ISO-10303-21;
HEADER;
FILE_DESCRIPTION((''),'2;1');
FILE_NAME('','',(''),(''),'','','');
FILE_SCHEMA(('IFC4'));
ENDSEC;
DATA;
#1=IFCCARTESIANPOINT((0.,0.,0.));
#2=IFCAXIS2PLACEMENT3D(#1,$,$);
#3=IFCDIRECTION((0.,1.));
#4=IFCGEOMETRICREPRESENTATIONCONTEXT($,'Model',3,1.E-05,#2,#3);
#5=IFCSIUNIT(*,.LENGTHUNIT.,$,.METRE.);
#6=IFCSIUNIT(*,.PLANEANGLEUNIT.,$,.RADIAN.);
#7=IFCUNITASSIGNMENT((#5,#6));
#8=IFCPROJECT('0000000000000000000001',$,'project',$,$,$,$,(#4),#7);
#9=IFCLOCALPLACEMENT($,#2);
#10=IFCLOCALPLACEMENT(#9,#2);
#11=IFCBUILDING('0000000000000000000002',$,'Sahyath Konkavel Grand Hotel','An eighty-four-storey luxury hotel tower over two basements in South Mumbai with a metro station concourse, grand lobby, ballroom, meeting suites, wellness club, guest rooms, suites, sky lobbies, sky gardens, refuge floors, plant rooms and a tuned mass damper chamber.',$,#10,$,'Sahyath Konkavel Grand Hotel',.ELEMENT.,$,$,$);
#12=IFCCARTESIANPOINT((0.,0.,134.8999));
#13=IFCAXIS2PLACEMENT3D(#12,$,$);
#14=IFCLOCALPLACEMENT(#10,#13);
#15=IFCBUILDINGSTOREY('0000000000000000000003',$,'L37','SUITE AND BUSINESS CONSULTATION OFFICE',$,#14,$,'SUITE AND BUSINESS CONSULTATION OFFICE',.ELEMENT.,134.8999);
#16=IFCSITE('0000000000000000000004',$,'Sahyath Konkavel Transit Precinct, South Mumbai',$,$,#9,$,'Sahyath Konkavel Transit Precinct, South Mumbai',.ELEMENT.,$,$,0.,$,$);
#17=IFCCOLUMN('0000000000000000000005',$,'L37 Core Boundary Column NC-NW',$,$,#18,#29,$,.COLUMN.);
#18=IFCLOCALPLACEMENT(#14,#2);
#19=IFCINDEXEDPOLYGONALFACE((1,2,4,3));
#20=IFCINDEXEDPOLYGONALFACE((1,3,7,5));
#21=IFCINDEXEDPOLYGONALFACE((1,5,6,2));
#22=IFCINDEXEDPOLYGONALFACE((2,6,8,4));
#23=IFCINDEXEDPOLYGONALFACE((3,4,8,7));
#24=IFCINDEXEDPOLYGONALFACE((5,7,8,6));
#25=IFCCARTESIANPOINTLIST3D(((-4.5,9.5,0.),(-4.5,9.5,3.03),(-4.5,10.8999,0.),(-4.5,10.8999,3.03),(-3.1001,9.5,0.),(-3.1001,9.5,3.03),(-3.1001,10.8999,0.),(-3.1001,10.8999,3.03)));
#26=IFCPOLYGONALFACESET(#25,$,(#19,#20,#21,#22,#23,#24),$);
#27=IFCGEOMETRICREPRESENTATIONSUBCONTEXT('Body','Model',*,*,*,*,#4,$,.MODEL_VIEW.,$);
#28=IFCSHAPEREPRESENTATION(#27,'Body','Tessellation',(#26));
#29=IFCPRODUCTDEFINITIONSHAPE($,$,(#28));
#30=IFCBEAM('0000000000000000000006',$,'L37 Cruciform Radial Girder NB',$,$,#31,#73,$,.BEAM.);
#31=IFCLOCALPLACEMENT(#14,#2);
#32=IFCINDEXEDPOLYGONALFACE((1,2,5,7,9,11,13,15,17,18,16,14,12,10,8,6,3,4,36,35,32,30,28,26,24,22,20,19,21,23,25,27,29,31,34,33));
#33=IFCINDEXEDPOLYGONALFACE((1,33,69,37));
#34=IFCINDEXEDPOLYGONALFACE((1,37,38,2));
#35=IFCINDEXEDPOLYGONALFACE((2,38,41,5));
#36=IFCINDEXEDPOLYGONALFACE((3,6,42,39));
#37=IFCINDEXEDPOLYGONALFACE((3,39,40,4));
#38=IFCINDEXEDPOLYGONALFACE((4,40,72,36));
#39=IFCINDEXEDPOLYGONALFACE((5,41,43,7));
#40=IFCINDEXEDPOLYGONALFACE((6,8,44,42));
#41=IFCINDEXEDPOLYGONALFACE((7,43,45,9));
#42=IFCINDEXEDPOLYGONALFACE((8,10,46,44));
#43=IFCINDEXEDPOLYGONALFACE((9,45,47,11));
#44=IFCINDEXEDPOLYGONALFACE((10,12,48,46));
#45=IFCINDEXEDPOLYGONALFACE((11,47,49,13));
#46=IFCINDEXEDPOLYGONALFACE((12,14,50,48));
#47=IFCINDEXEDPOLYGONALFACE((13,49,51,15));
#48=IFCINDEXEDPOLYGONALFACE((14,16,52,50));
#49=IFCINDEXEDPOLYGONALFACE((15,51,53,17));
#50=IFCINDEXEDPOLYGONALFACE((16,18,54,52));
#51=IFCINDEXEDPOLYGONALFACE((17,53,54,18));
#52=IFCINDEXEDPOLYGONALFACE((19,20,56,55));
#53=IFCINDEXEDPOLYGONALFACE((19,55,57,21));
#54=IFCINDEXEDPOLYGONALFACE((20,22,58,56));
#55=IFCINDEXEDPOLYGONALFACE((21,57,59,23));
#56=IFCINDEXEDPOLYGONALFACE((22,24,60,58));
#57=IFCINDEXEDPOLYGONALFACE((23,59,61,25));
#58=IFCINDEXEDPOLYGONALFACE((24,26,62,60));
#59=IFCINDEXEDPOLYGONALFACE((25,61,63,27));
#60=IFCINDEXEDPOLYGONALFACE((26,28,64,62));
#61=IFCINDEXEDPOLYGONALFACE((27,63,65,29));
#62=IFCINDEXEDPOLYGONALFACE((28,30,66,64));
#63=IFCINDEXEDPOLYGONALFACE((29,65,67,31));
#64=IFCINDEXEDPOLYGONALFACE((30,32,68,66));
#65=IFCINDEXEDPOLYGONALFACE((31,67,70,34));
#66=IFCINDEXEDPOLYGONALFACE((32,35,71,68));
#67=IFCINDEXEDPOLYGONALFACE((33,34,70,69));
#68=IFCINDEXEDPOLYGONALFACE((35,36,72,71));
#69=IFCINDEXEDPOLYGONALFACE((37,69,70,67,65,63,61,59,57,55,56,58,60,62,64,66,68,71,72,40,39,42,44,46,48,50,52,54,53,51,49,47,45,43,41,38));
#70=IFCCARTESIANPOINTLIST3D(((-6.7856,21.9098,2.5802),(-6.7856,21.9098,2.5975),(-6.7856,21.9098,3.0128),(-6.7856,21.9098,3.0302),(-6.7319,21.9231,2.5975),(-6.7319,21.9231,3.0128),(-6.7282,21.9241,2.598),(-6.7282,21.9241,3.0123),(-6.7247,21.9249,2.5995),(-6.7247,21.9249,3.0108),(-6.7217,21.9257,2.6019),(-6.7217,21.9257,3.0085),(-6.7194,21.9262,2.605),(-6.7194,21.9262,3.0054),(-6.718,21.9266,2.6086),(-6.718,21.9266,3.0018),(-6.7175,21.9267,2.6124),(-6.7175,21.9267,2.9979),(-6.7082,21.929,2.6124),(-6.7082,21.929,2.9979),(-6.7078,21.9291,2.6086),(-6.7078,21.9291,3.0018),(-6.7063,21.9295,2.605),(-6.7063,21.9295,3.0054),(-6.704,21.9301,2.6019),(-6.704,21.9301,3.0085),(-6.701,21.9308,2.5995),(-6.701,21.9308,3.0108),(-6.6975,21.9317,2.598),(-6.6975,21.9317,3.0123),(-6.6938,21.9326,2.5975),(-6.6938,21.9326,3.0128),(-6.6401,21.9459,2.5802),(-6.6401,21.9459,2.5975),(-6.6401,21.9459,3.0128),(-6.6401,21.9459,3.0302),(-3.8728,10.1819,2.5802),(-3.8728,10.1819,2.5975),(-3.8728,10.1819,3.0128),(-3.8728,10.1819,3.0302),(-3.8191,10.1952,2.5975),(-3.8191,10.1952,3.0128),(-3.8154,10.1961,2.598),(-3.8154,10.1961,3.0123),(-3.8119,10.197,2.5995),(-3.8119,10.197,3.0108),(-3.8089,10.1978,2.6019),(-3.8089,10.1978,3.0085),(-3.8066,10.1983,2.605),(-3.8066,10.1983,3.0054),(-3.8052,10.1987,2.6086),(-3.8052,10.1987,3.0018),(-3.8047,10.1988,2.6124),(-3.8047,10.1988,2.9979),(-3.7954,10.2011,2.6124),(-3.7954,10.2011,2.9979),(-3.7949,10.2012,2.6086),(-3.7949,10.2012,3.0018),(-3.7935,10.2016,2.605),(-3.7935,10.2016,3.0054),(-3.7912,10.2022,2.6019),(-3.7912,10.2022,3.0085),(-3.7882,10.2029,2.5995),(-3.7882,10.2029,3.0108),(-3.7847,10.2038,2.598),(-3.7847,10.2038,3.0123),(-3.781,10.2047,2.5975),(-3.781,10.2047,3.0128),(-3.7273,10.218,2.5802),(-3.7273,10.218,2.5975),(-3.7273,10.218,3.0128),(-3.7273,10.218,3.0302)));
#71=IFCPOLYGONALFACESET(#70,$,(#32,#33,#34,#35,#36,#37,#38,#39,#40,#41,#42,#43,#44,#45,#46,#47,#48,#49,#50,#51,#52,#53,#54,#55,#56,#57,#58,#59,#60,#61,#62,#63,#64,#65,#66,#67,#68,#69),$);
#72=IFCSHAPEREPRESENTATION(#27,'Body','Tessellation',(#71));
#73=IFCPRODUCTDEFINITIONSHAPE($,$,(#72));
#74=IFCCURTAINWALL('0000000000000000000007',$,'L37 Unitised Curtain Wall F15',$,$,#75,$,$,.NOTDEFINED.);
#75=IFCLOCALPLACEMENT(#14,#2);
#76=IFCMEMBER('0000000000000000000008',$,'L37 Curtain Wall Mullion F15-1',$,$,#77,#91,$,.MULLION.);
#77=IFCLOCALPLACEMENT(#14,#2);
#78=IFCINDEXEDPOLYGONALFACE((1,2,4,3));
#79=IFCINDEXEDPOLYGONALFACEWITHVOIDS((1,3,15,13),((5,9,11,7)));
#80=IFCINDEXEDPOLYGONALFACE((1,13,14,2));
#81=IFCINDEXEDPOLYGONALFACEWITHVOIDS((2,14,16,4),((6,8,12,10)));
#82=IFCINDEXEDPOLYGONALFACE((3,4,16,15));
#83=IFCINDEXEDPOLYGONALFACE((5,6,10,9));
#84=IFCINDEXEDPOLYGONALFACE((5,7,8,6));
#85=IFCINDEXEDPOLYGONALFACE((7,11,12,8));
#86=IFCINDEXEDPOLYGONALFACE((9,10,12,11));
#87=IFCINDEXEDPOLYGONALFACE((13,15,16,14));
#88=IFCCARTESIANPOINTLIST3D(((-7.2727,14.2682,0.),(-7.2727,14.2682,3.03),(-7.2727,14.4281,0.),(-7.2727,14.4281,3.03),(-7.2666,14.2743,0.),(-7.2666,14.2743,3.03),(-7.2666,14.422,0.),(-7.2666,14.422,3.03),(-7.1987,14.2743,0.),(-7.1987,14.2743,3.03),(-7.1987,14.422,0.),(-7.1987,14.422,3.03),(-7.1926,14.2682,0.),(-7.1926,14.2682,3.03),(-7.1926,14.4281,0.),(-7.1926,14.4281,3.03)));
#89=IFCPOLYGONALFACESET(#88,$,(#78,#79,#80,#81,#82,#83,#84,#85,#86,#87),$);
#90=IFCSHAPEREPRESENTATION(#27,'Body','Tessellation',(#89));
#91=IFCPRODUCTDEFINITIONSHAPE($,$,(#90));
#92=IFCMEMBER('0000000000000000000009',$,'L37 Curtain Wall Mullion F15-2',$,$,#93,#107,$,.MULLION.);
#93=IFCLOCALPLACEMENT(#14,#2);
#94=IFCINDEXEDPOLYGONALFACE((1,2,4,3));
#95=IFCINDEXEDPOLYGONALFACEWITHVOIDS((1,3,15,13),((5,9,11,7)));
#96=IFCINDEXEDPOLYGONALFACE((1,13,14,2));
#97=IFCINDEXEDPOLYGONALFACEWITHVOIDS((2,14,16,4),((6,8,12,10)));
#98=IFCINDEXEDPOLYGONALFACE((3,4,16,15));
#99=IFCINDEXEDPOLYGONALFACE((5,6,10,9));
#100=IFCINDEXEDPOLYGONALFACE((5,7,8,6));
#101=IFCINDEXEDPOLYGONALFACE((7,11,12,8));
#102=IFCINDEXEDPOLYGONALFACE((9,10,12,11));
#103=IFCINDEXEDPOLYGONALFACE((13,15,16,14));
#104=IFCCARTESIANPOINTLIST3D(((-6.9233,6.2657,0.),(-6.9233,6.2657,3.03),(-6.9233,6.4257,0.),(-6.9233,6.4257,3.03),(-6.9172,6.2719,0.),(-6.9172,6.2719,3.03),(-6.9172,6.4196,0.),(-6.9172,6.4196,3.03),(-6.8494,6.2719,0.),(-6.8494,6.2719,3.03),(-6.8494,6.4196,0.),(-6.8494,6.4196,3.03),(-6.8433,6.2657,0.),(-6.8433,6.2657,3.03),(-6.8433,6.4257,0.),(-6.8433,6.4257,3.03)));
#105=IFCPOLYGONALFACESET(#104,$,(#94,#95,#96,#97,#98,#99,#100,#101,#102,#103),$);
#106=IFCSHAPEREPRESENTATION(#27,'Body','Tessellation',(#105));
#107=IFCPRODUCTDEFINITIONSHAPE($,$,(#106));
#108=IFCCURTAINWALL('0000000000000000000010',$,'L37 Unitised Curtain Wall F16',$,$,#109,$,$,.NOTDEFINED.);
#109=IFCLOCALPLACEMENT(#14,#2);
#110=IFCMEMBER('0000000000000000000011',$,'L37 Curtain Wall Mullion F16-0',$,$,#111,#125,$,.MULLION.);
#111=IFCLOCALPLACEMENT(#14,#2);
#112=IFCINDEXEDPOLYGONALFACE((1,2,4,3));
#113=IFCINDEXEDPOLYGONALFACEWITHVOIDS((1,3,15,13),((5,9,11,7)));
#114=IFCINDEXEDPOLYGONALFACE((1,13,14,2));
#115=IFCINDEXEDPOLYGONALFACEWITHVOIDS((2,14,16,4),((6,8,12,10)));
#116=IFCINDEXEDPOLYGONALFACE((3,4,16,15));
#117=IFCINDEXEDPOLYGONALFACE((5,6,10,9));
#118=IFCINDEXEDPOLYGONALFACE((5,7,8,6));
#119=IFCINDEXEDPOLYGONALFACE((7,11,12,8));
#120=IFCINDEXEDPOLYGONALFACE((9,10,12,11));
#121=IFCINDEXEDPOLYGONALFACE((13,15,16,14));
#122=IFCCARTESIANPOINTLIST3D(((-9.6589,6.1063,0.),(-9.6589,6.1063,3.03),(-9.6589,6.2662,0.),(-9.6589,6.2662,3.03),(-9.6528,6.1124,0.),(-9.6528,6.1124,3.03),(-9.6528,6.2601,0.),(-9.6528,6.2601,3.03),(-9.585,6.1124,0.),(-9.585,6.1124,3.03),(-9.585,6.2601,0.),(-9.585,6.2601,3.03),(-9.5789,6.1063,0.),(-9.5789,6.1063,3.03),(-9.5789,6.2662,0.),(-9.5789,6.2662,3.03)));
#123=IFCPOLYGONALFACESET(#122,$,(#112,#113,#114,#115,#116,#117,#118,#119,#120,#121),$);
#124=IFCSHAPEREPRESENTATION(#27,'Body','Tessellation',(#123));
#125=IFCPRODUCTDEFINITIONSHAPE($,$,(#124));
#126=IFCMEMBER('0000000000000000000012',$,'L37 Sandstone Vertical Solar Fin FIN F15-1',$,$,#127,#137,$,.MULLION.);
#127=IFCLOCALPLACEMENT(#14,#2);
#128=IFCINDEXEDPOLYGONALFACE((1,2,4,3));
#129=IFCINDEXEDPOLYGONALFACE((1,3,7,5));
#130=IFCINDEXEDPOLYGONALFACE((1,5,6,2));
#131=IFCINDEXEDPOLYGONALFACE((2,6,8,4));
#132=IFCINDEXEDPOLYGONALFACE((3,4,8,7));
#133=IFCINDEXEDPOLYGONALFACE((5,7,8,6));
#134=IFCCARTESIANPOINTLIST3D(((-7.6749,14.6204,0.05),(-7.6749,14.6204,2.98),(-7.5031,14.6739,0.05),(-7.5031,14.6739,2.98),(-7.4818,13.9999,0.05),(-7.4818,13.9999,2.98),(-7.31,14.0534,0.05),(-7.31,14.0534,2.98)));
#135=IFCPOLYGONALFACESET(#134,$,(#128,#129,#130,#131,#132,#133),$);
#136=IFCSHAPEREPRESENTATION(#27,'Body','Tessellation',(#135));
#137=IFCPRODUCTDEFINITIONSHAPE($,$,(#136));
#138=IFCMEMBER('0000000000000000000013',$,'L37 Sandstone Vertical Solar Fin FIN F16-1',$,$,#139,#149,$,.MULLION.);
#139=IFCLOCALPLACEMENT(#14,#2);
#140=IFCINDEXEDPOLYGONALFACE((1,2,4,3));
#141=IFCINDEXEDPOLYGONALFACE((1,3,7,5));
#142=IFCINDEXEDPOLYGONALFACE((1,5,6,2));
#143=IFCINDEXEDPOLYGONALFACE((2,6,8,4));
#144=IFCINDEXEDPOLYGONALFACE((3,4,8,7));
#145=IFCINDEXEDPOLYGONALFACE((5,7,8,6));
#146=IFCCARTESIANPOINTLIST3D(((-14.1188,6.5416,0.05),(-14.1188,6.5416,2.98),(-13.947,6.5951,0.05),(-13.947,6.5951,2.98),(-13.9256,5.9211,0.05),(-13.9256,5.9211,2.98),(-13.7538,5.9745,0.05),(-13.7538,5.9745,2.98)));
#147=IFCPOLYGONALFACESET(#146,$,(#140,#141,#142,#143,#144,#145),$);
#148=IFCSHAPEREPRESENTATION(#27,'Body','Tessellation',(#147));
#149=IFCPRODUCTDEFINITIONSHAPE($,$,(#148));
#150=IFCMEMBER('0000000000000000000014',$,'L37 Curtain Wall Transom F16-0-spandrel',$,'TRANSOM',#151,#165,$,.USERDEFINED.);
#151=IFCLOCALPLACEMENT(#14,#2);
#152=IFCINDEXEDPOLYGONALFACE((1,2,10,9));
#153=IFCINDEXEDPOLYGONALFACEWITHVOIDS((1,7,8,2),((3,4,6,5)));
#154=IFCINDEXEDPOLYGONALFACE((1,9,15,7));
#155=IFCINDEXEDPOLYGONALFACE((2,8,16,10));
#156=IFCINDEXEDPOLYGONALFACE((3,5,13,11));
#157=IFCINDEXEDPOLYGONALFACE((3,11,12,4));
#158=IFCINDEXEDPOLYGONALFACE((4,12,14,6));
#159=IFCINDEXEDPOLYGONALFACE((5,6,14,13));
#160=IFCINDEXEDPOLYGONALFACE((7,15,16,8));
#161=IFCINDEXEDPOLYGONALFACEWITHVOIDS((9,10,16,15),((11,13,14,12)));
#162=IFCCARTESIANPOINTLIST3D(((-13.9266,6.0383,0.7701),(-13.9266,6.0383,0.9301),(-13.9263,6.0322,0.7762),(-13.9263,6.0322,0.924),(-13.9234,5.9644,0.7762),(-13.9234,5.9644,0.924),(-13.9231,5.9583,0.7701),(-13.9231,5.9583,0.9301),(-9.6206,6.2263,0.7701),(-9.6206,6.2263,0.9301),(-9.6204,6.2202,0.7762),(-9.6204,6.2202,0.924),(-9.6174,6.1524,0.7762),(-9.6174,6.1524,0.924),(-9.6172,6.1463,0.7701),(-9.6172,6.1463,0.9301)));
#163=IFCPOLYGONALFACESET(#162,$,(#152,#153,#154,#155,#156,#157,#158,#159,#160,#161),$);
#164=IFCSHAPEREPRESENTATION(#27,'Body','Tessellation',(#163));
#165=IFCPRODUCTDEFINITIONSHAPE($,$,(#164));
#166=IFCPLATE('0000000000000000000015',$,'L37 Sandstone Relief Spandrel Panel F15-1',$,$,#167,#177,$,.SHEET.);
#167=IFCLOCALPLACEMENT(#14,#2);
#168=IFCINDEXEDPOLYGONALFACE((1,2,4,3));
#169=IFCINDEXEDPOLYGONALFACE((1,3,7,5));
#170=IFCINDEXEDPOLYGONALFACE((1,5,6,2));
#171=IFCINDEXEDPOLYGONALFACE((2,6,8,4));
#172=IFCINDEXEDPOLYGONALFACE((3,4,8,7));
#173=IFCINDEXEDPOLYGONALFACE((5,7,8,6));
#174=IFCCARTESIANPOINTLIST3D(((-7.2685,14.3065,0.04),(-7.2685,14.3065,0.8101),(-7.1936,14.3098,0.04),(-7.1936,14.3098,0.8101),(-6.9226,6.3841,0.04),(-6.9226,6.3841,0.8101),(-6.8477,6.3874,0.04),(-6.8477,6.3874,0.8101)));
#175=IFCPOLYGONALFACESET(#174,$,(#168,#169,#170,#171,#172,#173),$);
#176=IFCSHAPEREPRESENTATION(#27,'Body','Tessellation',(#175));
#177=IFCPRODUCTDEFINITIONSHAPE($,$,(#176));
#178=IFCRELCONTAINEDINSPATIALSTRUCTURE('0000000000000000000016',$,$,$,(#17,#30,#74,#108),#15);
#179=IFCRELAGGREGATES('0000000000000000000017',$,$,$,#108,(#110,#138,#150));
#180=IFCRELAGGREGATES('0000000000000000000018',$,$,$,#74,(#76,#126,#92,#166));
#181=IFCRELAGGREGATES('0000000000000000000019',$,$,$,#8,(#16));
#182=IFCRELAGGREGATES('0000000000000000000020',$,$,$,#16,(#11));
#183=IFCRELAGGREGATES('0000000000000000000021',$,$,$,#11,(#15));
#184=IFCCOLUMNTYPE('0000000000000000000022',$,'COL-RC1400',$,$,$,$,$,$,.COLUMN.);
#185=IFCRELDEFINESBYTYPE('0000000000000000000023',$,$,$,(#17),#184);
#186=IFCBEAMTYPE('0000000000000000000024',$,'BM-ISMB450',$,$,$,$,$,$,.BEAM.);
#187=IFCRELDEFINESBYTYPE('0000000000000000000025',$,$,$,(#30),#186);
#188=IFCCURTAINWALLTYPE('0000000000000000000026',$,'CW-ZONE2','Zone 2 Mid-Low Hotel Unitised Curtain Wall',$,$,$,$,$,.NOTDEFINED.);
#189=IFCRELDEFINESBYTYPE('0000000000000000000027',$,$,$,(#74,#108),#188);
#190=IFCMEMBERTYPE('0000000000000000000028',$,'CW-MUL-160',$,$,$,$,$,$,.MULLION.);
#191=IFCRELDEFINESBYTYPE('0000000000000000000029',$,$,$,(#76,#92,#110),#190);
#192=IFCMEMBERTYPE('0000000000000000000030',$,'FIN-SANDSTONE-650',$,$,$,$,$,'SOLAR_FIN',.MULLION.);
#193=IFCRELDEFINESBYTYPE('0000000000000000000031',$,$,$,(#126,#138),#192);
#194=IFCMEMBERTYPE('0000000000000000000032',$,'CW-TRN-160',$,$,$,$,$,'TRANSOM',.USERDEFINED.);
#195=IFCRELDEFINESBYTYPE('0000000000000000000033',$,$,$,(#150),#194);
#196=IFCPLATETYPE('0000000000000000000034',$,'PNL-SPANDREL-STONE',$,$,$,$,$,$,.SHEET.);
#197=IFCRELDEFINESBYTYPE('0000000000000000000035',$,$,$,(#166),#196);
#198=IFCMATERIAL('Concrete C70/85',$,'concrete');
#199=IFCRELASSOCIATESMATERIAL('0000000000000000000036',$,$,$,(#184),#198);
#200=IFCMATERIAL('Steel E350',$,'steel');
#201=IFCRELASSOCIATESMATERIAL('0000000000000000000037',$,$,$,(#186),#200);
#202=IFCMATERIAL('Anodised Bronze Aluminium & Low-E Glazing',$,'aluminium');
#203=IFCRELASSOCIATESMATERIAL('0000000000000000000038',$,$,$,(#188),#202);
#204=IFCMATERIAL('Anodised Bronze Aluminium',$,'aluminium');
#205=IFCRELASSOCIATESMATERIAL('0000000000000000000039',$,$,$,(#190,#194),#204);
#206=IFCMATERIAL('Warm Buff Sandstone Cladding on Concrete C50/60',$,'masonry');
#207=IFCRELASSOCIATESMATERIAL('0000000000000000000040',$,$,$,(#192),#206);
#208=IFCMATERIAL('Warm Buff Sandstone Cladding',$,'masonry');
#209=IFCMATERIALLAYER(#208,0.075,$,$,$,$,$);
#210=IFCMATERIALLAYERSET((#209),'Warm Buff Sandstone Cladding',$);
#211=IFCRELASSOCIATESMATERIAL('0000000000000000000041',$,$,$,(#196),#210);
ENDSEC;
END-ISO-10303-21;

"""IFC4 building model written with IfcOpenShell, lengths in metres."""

from ifc_helpers import new_model, si_unit, direction, frame, origin, origin_2d, place, context, subcontext, project, spatial, rectangle, hollow_rectangle, i_section, extrude, source, transform, mapped, material, layer, layer_set, material_profile, profile_set, type_object, element, aggregate, save


model = new_model("IFC4")

# Units and contexts
model_context = context("Model", 3, precision=1e-05, world=origin(), true_north=direction((0.0, 1.0)))
body_context = subcontext(model_context, "Body", "Model", "MODEL_VIEW")
ifc_project = project(units=[si_unit("LENGTHUNIT", "METRE"), si_unit("PLANEANGLEUNIT", "RADIAN")], contexts=[model_context])

# Site, building, storey
site_placement = place(None, origin())
site = spatial("IfcSite", under=ifc_project, at=site_placement, Name="Sahyath Konkavel Transit Precinct, South Mumbai", LongName="Sahyath Konkavel Transit Precinct, South Mumbai", CompositionType="ELEMENT", RefElevation=0.0)
building_placement = place(site_placement, origin())
building = spatial("IfcBuilding", under=site, at=building_placement, Name="Sahyath Konkavel Grand Hotel", Description="An eighty-four-storey luxury hotel tower over two basements in South Mumbai with a metro station concourse, grand lobby, ballroom, meeting suites, wellness club, guest rooms, suites, sky lobbies, sky gardens, refuge floors, plant rooms and a tuned mass damper chamber.", LongName="Sahyath Konkavel Grand Hotel", CompositionType="ELEMENT")
storey_placement = place(building_placement, frame((0.0, 0.0, 134.8999)))
storey = spatial("IfcBuildingStorey", under=building, at=storey_placement, Name="L37", Description="SUITE AND BUSINESS CONSULTATION OFFICE", LongName="SUITE AND BUSINESS CONSULTATION OFFICE", CompositionType="ELEMENT", Elevation=134.8999)

# Column
ifc_material_1 = material(Name="Concrete C70/85", Category="concrete")
ifc_material_profile_1 = material_profile(ifc_material_1, rectangle(XDim=1.3999, YDim=1.3999, at=origin_2d()), Name="RC 1400x1400")
ifc_profile_set_1 = profile_set([ifc_material_profile_1], Name="Concrete C70/85")
column_type = type_object("IfcColumnType", Name="COL-RC1400", PredefinedType="COLUMN", material=ifc_profile_set_1)
shared_shape_1 = source(origin(), body_context, "Body", "SweptSolid", [
    extrude(rectangle(XDim=1.3999, YDim=1.3999, at=origin_2d()), origin(), (0.0, 0.0, 1.0), 3.03),
])
column_placement = place(storey_placement, frame((-3.8, 10.2, 0.0), z_axis=(0.0, 0.0, 1.0), x_axis=(1.0, 0.0, 0.0)))
element("IfcColumn", 1, at=column_placement, inside=storey, type_object=column_type, Name="L37 Core Boundary Column NC-NW", PredefinedType="COLUMN", context=body_context, shape_type="MappedRepresentation", body=[
    mapped(shared_shape_1, transform((0.0, 0.0, 0.0), scale=1.0)),
])

# Beam
ifc_material_2 = material(Name="Steel E350", Category="steel")
ifc_material_profile_2 = material_profile(ifc_material_2, i_section(OverallWidth=0.1499, OverallDepth=0.45, WebThickness=0.0095, FlangeThickness=0.0173, FilletRadius=0.0149, at=origin_2d()), Name="ISMB 450")
ifc_profile_set_2 = profile_set([ifc_material_profile_2], Name="Steel E350")
beam_type = type_object("IfcBeamType", Name="BM-ISMB450", PredefinedType="BEAM", material=ifc_profile_set_2)
shared_shape_2 = source(origin(), body_context, "Body", "SweptSolid", [
    extrude(i_section(OverallWidth=0.1499, OverallDepth=0.45, WebThickness=0.0095, FlangeThickness=0.0173, FilletRadius=0.0149, at=origin_2d()), origin(), (0.0, 0.0, 1.0), 12.0842),
])
beam_placement = place(storey_placement, frame((-3.8, 10.2, 2.8052), z_axis=(-0.241043, 0.970515, 0.0), x_axis=(-0.970515, -0.241043, 0.0)))
element("IfcBeam", 2, at=beam_placement, inside=storey, type_object=beam_type, Name="L37 Cruciform Radial Girder NB", PredefinedType="BEAM", context=body_context, shape_type="MappedRepresentation", body=[
    mapped(shared_shape_2, transform((0.0, 0.0, 0.0), scale=1.0)),
])

# Curtain wall, members
ifc_material_3 = material(Name="Anodised Bronze Aluminium & Low-E Glazing", Category="aluminium")
curtain_wall_type = type_object("IfcCurtainWallType", Name="CW-ZONE2", Description="Zone 2 Mid-Low Hotel Unitised Curtain Wall", PredefinedType="NOTDEFINED", material=ifc_material_3)
curtain_wall_1_placement = place(storey_placement, origin())
curtain_wall_1 = element("IfcCurtainWall", 3, at=curtain_wall_1_placement, inside=storey, type_object=curtain_wall_type, Name="L37 Unitised Curtain Wall F15", PredefinedType="NOTDEFINED")
ifc_material_4 = material(Name="Anodised Bronze Aluminium", Category="aluminium")
ifc_material_profile_3 = material_profile(ifc_material_4, hollow_rectangle(XDim=0.0801, YDim=0.1599, WallThickness=0.0061, at=origin_2d()), Name="RHS 160x80x6")
ifc_profile_set_3 = profile_set([ifc_material_profile_3], Name="Anodised Bronze Aluminium")
member_type_1 = type_object("IfcMemberType", Name="CW-MUL-160", PredefinedType="MULLION", material=ifc_profile_set_3)
shared_shape_3 = source(origin(), body_context, "Body", "SweptSolid", [
    extrude(hollow_rectangle(XDim=0.0801, YDim=0.1599, WallThickness=0.0061, at=origin_2d()), origin(), (0.0, 0.0, 1.0), 3.03),
])
member_1_placement = place(storey_placement, frame((-7.2327, 14.3481, 0.0), z_axis=(0.0, 0.0, 1.0), x_axis=(1.0, 0.0, 0.0)))
member_1 = element("IfcMember", 4, at=member_1_placement, type_object=member_type_1, Name="L37 Curtain Wall Mullion F15-1", PredefinedType="MULLION", context=body_context, shape_type="MappedRepresentation", body=[
    mapped(shared_shape_3, transform((0.0, 0.0, 0.0), scale=1.0)),
])
member_2_placement = place(storey_placement, frame((-6.8833, 6.3457, 0.0), z_axis=(0.0, 0.0, 1.0), x_axis=(1.0, 0.0, 0.0)))
member_2 = element("IfcMember", 5, at=member_2_placement, type_object=member_type_1, Name="L37 Curtain Wall Mullion F15-2", PredefinedType="MULLION", context=body_context, shape_type="MappedRepresentation", body=[
    mapped(shared_shape_3, transform((0.0, 0.0, 0.0), scale=1.0)),
])

# Curtain wall, member
curtain_wall_2_placement = place(storey_placement, origin())
curtain_wall_2 = element("IfcCurtainWall", 6, at=curtain_wall_2_placement, inside=storey, type_object=curtain_wall_type, Name="L37 Unitised Curtain Wall F16", PredefinedType="NOTDEFINED")
member_3_placement = place(storey_placement, frame((-9.6189, 6.1863, 0.0), z_axis=(0.0, 0.0, 1.0), x_axis=(1.0, 0.0, 0.0)))
member_3 = element("IfcMember", 7, at=member_3_placement, type_object=member_type_1, Name="L37 Curtain Wall Mullion F16-0", PredefinedType="MULLION", context=body_context, shape_type="MappedRepresentation", body=[
    mapped(shared_shape_3, transform((0.0, 0.0, 0.0), scale=1.0)),
])

# Members
ifc_material_5 = material(Name="Warm Buff Sandstone Cladding on Concrete C50/60", Category="masonry")
ifc_material_profile_4 = material_profile(ifc_material_5, rectangle(XDim=0.1799, YDim=0.6499, at=origin_2d()), Name="FIN 180x650")
ifc_profile_set_4 = profile_set([ifc_material_profile_4], Name="Warm Buff Sandstone Cladding on Concrete C50/60")
member_type_2 = type_object("IfcMemberType", Name="FIN-SANDSTONE-650", ElementType="SOLAR_FIN", PredefinedType="MULLION", material=ifc_profile_set_4)
shared_shape_4 = source(origin(), body_context, "Body", "SweptSolid", [
    extrude(rectangle(XDim=0.1799, YDim=0.6499, at=origin_2d()), origin(), (0.0, 0.0, 1.0), 2.9299),
])
member_4_placement = place(storey_placement, frame((-7.4924, 14.3369, 0.05), z_axis=(0.0, 0.0, 1.0), x_axis=(0.954813, 0.297208, 0.0)))
member_4 = element("IfcMember", 8, at=member_4_placement, type_object=member_type_2, Name="L37 Sandstone Vertical Solar Fin FIN F15-1", PredefinedType="MULLION", context=body_context, shape_type="MappedRepresentation", body=[
    mapped(shared_shape_4, transform((0.0, 0.0, 0.0), scale=1.0)),
])
member_5_placement = place(storey_placement, frame((-13.9363, 6.2581, 0.05), z_axis=(0.0, 0.0, 1.0), x_axis=(0.954813, 0.297208, 0.0)))
member_5 = element("IfcMember", 9, at=member_5_placement, type_object=member_type_2, Name="L37 Sandstone Vertical Solar Fin FIN F16-1", PredefinedType="MULLION", context=body_context, shape_type="MappedRepresentation", body=[
    mapped(shared_shape_4, transform((0.0, 0.0, 0.0), scale=1.0)),
])
ifc_material_profile_5 = material_profile(ifc_material_4, hollow_rectangle(XDim=0.0801, YDim=0.1599, WallThickness=0.0061, at=origin_2d()), Name="RHS 160x80x6")
ifc_profile_set_5 = profile_set([ifc_material_profile_5], Name="Anodised Bronze Aluminium")
member_type_3 = type_object("IfcMemberType", Name="CW-TRN-160", ElementType="TRANSOM", PredefinedType="USERDEFINED", material=ifc_profile_set_5)
shared_shape_5 = source(origin(), body_context, "Body", "SweptSolid", [
    extrude(hollow_rectangle(XDim=0.0801, YDim=0.1599, WallThickness=0.0061, at=origin_2d()), origin(), (0.0, 0.0, 1.0), 4.3101),
])
member_6_placement = place(storey_placement, frame((-9.6189, 6.1863, 0.8501), z_axis=(-0.999048, -0.043617, 0.0), x_axis=(0.043617, -0.999048, 0.0)))
member_6 = element("IfcMember", 10, at=member_6_placement, type_object=member_type_3, Name="L37 Curtain Wall Transom F16-0-spandrel", ObjectType="TRANSOM", PredefinedType="USERDEFINED", context=body_context, shape_type="MappedRepresentation", body=[
    mapped(shared_shape_5, transform((0.0, 0.0, 0.0), scale=1.0)),
])
aggregate(curtain_wall_2, [member_3, member_5, member_6])

# Plate
ifc_material_6 = material(Name="Warm Buff Sandstone Cladding", Category="masonry")
ifc_layer_1 = layer(ifc_material_6, 0.075)
ifc_layer_set_1 = layer_set([ifc_layer_1], Name="Warm Buff Sandstone Cladding")
plate_type_1 = type_object("IfcPlateType", Name="PNL-SPANDREL-STONE", PredefinedType="SHEET", material=ifc_layer_set_1)
shared_shape_6 = source(origin(), body_context, "Body", "SweptSolid", [
    extrude(rectangle(XDim=7.9299, YDim=0.075, at=origin_2d()), origin(), (0.0, 0.0, 1.0), 0.77),
])
plate_1_placement = place(storey_placement, frame((-7.0581, 10.3469, 0.04), z_axis=(0.0, 0.0, 1.0), x_axis=(0.043619, -0.999048, 0.0)))
plate_1 = element("IfcPlate", 11, at=plate_1_placement, type_object=plate_type_1, Name="L37 Sandstone Relief Spandrel Panel F15-1", PredefinedType="SHEET", context=body_context, shape_type="MappedRepresentation", body=[
    mapped(shared_shape_6, transform((0.0, 0.0, 0.0), scale=1.0)),
])
aggregate(curtain_wall_1, [member_1, member_4, member_2, plate_1])

save(model, "model.ifc")
